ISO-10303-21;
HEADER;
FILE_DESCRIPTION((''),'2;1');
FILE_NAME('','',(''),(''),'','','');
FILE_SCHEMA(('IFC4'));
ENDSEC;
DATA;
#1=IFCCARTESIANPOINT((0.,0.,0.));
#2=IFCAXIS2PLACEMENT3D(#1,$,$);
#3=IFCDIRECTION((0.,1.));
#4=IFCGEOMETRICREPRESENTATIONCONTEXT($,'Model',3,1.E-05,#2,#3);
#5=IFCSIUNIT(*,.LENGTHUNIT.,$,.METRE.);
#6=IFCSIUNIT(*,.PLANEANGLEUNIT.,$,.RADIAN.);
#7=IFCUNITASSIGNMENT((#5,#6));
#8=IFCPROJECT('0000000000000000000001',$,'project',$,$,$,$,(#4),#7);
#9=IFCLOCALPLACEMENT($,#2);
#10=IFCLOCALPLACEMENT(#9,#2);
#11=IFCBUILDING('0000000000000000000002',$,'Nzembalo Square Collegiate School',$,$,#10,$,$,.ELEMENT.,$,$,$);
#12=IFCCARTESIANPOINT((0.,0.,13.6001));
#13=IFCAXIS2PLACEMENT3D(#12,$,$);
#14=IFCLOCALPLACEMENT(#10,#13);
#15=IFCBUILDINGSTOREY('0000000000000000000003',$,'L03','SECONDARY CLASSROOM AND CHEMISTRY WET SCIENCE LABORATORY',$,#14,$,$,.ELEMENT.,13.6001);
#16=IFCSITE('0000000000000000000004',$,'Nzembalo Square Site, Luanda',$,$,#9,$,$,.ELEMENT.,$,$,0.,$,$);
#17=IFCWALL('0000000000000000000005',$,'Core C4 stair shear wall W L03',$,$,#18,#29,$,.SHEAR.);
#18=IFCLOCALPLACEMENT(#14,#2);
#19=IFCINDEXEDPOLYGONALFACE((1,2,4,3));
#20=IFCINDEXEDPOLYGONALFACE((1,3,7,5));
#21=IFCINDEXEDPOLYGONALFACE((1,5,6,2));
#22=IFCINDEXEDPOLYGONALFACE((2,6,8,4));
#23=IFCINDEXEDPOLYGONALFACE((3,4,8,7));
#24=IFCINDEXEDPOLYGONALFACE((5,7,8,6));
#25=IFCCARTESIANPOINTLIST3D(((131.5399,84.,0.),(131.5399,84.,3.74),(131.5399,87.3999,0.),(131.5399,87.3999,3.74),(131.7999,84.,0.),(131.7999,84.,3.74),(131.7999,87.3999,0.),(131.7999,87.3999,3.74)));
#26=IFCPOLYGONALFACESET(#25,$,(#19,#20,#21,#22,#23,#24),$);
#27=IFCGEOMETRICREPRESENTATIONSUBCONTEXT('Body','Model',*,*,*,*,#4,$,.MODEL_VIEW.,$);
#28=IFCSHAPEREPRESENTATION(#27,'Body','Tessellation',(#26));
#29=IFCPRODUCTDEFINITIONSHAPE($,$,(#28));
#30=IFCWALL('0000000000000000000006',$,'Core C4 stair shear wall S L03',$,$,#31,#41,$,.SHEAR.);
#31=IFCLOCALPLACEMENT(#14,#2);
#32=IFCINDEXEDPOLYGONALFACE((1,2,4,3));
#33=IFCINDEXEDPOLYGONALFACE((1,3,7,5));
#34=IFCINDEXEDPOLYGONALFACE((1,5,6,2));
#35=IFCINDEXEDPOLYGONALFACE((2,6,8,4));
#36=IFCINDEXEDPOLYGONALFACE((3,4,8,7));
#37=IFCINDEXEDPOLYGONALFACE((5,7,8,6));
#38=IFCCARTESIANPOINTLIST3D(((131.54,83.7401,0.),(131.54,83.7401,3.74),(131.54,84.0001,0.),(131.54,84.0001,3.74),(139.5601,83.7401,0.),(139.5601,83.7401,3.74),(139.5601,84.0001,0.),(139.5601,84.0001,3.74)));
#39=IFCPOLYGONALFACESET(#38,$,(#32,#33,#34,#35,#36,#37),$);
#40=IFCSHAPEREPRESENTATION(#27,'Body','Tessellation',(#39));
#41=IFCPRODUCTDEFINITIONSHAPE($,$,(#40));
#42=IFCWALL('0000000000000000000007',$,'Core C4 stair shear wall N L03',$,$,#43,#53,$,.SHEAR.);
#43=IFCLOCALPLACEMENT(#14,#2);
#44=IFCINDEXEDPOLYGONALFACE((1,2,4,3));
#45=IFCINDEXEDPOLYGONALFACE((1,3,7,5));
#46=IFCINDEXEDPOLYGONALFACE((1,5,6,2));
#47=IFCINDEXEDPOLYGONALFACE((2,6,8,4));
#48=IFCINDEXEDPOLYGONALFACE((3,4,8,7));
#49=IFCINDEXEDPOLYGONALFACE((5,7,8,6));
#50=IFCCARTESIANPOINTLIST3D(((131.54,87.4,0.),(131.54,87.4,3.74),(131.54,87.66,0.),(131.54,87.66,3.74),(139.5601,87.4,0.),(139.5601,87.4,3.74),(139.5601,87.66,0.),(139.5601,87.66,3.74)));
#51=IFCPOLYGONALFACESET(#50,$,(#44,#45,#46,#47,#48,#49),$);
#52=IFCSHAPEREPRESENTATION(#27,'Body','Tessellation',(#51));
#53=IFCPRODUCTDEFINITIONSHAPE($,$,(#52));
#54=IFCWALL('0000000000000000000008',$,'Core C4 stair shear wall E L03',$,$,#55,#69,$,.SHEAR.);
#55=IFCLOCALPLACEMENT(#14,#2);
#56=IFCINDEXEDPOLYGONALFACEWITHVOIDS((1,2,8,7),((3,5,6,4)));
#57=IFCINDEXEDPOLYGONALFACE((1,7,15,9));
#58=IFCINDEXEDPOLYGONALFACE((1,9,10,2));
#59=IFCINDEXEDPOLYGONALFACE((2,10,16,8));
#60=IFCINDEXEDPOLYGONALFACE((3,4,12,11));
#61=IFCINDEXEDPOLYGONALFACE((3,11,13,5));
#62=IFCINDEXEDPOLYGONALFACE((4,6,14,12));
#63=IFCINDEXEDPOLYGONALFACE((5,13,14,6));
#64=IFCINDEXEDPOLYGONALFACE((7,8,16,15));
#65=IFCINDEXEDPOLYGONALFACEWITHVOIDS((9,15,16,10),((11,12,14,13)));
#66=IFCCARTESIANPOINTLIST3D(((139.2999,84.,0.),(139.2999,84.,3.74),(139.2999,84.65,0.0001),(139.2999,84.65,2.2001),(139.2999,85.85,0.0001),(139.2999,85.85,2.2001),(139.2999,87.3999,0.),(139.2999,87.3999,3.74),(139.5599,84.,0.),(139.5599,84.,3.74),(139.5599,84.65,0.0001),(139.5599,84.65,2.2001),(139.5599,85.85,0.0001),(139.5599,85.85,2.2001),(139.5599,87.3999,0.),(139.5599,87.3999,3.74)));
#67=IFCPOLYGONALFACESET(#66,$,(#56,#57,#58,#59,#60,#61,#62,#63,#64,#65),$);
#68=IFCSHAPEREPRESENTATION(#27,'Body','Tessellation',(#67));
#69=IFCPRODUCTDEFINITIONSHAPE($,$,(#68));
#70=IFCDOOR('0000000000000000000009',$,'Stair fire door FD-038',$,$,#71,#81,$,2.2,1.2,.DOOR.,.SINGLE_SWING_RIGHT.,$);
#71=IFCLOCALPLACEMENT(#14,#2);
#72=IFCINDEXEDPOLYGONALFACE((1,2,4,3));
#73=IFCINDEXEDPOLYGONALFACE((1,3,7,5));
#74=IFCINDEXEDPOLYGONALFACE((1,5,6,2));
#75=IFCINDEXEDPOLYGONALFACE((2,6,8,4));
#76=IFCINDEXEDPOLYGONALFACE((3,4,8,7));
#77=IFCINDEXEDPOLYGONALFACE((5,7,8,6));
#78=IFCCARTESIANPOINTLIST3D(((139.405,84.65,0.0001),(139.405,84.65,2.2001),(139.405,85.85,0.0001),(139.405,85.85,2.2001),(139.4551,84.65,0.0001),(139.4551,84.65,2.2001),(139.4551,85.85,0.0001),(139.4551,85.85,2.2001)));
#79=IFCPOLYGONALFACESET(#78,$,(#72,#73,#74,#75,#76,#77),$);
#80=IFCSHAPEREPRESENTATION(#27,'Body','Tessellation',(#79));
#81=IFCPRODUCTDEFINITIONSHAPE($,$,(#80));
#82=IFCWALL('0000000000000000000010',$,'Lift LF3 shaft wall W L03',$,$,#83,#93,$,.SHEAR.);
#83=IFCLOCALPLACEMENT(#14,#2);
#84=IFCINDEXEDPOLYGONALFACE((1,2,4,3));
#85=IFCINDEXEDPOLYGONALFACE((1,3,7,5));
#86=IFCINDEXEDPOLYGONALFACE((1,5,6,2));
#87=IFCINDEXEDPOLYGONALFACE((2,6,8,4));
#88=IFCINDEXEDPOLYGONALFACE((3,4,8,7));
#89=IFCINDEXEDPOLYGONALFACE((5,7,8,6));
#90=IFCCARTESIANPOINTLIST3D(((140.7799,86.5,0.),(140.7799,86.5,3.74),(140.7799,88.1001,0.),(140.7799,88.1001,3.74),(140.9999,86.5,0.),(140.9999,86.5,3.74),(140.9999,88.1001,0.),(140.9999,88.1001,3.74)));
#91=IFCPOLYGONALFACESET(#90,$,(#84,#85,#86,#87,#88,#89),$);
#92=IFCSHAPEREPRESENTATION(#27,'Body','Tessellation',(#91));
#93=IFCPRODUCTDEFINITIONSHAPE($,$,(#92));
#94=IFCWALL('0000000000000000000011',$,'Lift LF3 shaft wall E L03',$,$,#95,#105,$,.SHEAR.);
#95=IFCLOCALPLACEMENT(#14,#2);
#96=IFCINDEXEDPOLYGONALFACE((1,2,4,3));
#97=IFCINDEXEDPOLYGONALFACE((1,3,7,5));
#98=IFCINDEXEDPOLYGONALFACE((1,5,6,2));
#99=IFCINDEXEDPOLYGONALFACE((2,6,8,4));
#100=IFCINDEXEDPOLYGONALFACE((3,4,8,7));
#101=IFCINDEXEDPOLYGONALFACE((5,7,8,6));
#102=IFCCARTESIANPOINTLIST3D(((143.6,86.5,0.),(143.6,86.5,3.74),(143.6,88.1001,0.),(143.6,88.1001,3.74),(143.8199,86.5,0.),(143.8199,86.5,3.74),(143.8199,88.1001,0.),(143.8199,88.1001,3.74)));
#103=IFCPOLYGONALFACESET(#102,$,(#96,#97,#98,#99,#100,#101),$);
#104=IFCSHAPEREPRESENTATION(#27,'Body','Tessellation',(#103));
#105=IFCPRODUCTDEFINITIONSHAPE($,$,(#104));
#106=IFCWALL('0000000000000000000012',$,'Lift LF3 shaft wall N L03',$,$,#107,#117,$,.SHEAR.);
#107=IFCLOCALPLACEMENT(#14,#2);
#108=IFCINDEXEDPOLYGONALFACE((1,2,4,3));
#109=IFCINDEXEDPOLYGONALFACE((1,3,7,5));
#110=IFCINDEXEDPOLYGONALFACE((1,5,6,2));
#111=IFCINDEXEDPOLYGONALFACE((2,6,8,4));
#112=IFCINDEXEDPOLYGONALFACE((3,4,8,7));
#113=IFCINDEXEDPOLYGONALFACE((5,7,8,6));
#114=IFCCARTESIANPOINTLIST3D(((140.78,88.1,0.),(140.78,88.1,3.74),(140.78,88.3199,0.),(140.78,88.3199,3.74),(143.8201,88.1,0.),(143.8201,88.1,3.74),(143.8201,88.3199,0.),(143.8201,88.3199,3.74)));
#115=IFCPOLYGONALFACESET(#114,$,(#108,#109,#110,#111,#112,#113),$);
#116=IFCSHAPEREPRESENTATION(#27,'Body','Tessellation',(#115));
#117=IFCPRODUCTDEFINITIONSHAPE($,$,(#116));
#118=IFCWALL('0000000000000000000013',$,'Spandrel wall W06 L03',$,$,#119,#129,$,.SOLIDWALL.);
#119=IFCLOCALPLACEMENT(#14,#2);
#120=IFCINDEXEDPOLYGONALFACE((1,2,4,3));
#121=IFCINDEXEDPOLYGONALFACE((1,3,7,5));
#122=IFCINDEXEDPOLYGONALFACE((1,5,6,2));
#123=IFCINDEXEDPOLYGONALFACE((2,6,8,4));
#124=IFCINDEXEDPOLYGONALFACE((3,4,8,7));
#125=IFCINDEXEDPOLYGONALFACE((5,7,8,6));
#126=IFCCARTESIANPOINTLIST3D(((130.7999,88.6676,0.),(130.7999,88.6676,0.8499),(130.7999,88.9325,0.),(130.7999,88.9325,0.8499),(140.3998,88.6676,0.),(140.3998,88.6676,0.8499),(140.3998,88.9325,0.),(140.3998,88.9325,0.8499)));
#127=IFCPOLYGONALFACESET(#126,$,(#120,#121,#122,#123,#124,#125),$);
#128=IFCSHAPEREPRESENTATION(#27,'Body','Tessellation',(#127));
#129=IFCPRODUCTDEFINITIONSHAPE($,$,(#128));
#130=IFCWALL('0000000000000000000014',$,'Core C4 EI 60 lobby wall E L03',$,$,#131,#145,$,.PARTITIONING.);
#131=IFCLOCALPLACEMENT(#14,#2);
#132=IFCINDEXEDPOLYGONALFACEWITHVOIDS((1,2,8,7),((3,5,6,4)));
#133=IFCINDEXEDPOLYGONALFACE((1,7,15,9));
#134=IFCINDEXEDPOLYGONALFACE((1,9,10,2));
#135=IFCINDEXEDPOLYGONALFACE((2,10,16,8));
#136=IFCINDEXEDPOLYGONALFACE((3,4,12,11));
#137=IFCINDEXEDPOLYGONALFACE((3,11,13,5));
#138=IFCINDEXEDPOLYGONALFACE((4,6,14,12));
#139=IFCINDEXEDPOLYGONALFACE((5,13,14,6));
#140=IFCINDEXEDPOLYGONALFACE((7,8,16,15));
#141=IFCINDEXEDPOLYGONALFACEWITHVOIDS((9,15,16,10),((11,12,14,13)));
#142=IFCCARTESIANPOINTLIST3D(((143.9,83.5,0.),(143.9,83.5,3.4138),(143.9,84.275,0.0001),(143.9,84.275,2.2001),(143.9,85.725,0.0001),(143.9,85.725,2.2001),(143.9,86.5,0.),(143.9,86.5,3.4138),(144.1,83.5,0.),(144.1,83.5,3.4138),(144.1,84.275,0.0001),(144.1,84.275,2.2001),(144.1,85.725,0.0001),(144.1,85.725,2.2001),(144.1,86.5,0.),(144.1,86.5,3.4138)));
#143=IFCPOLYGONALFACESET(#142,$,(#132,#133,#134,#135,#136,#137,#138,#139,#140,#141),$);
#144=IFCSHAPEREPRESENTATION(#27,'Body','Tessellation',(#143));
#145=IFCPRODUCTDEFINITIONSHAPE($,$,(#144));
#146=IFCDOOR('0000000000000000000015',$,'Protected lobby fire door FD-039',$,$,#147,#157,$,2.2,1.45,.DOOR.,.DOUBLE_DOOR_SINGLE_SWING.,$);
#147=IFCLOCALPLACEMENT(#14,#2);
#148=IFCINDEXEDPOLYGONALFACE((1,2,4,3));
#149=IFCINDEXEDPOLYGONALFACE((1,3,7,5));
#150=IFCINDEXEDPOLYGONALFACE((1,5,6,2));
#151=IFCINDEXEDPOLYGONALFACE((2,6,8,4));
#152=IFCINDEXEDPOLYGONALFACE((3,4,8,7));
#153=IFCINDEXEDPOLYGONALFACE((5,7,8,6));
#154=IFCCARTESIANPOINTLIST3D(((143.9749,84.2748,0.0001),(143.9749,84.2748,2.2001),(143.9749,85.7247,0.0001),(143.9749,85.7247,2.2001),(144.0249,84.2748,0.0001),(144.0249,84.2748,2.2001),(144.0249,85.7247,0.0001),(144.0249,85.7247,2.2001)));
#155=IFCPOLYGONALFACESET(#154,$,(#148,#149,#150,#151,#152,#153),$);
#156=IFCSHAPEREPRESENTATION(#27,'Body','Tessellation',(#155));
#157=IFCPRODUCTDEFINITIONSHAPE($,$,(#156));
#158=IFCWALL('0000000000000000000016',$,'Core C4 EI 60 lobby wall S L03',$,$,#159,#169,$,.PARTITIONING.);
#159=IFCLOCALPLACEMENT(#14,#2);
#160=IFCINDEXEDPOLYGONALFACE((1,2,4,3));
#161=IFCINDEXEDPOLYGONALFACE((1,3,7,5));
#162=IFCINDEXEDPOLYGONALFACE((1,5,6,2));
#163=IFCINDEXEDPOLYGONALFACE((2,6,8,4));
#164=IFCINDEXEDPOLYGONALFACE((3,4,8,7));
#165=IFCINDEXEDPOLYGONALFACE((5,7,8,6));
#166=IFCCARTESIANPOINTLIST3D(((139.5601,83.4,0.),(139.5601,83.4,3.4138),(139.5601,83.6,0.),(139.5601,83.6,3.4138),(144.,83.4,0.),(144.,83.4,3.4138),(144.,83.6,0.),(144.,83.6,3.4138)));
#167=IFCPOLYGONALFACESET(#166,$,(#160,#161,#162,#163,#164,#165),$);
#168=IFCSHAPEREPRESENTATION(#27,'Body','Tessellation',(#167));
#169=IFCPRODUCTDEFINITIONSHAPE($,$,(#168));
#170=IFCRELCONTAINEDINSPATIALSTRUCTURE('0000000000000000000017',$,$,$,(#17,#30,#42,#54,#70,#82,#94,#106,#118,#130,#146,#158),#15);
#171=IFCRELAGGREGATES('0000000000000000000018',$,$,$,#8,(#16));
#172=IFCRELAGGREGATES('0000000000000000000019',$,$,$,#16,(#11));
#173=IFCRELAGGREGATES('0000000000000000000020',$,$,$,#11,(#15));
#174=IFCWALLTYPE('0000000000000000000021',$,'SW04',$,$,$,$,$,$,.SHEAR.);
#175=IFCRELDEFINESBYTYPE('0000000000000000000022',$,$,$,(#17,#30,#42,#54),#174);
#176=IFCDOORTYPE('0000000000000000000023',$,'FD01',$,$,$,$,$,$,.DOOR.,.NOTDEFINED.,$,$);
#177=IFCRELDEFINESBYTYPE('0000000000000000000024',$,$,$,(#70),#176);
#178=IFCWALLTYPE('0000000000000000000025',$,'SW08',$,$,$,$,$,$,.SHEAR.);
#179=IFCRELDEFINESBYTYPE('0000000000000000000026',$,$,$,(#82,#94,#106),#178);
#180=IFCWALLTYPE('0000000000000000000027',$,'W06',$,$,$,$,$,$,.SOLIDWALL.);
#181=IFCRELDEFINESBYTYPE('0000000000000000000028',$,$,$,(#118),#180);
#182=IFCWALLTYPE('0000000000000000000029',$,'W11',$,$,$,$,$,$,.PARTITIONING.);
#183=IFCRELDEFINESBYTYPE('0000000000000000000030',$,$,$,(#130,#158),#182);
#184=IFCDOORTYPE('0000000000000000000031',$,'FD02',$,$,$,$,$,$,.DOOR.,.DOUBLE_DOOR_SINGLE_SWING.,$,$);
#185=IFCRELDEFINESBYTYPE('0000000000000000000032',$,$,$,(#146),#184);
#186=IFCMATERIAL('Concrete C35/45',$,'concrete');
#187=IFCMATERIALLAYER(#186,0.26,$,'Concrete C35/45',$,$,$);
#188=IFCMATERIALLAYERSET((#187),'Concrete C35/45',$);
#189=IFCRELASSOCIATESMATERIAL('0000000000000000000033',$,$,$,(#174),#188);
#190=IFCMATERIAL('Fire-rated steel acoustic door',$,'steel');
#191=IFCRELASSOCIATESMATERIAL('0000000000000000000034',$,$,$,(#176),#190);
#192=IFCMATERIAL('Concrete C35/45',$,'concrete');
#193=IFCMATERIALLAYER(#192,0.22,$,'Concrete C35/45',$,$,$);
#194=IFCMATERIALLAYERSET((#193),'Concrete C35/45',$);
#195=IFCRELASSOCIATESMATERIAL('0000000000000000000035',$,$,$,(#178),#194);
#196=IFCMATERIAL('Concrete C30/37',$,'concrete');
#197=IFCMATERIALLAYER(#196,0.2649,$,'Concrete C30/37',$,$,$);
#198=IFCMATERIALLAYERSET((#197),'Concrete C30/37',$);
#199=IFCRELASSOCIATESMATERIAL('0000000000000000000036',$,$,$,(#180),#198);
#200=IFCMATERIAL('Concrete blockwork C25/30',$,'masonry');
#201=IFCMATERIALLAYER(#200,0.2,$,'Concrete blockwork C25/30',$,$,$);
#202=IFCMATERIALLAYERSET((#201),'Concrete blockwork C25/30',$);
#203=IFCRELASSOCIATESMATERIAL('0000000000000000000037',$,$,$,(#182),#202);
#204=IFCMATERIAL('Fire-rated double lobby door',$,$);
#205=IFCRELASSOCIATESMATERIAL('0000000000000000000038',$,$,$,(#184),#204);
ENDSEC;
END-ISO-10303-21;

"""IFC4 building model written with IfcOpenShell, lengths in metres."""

from ifc_helpers import new_model, si_unit, direction, frame, frame_2d, origin, place, context, subcontext, project, spatial, rectangle, extrude, material, layer, layer_set, type_object, element, fill, save


model = new_model("IFC4")

# Units and contexts
model_context = context("Model", 3, precision=1e-05, world=origin(), true_north=direction((0.0, 1.0)))
body_context = subcontext(model_context, "Body", "Model", "MODEL_VIEW")
ifc_project = project(units=[si_unit("LENGTHUNIT", "METRE"), si_unit("PLANEANGLEUNIT", "RADIAN")], contexts=[model_context])

# Site, building, storey
site_placement = place(None, origin())
site = spatial("IfcSite", under=ifc_project, at=site_placement, Name="Nzembalo Square Site, Luanda", CompositionType="ELEMENT", RefElevation=0.0)
building_placement = place(site_placement, origin())
building = spatial("IfcBuilding", under=site, at=building_placement, Name="Nzembalo Square Collegiate School", CompositionType="ELEMENT")
storey_placement = place(building_placement, frame((0.0, 0.0, 13.6001)))
storey = spatial("IfcBuildingStorey", under=building, at=storey_placement, Name="L03", Description="SECONDARY CLASSROOM AND CHEMISTRY WET SCIENCE LABORATORY", CompositionType="ELEMENT", Elevation=13.6001)

# Walls
ifc_material_1 = material(Name="Concrete C35/45", Category="concrete")
ifc_layer_1 = layer(ifc_material_1, 0.26, Name="Concrete C35/45")
ifc_layer_set_1 = layer_set([ifc_layer_1], Name="Concrete C35/45")
wall_type_1 = type_object("IfcWallType", Name="SW04", PredefinedType="SHEAR", material=ifc_layer_set_1)
wall_1_placement = place(storey_placement, frame((131.6699, 84.0, 0.0), z_axis=(0.0, 0.0, 1.0), x_axis=(0.0, 1.0, 0.0)))
element("IfcWall", 1, at=wall_1_placement, inside=storey, type_object=wall_type_1, Name="Core C4 stair shear wall W L03", PredefinedType="SHEAR", context=body_context, shape_type="SweptSolid", body=[
    extrude(rectangle(XDim=3.3999, YDim=0.26, at=frame_2d((1.7, 0.0))), origin(), (0.0, 0.0, 1.0), 3.74),
])
for number, where, z_axis, x_axis, name in (
    (2, (131.54, 83.8701, 0.0), (0.0, 0.0, 1.0), (1.0, 0.0, 0.0), "Core C4 stair shear wall S L03"),
    (3, (131.54, 87.53, 0.0), (0.0, 0.0, 1.0), (1.0, 0.0, 0.0), "Core C4 stair shear wall N L03"),
):
    element("IfcWall", number, at=place(storey_placement, frame(where, z_axis=z_axis, x_axis=x_axis)), inside=storey, type_object=wall_type_1, Name=name, PredefinedType="SHEAR", context=body_context, shape_type="SweptSolid", body=[
        extrude(rectangle(XDim=8.02, YDim=0.26, at=frame_2d((4.01, 0.0))), origin(), (0.0, 0.0, 1.0), 3.74),
    ])

# Wall, opening, door
wall_2_placement = place(storey_placement, frame((139.4299, 84.0, 0.0), z_axis=(0.0, 0.0, 1.0), x_axis=(0.0, 1.0, 0.0)))
wall_2 = element("IfcWall", 4, at=wall_2_placement, inside=storey, type_object=wall_type_1, Name="Core C4 stair shear wall E L03", PredefinedType="SHEAR", context=body_context, shape_type="SweptSolid", body=[
    extrude(rectangle(XDim=3.3999, YDim=0.26, at=frame_2d((1.7, 0.0))), origin(), (0.0, 0.0, 1.0), 3.74),
])
opening_1_placement = place(wall_2_placement, frame((0.6499, 0.0, 0.0)))
opening_1 = element("IfcOpeningElement", 5, at=opening_1_placement, cuts=wall_2, PredefinedType="OPENING", context=body_context, shape_type="SweptSolid", body=[
    extrude(rectangle(XDim=1.2, YDim=2.2, at=frame_2d((0.6001, 1.1001))), frame((0.0, 0.1401, 0.0), z_axis=(0.0, -1.0, 0.0), x_axis=(1.0, 0.0, 0.0)), (0.0, 0.0, 1.0), 0.28),
])
ifc_material_2 = material(Name="Fire-rated steel acoustic door", Category="steel")
door_type_1 = type_object("IfcDoorType", Name="FD01", OperationType="NOTDEFINED", PredefinedType="DOOR", material=ifc_material_2)
door_1_placement = place(opening_1_placement, origin())
door_1 = element("IfcDoor", 6, at=door_1_placement, inside=storey, type_object=door_type_1, Name="Stair fire door FD-038", OperationType="SINGLE_SWING_RIGHT", OverallHeight=2.2, OverallWidth=1.2, PredefinedType="DOOR", context=body_context, shape_type="SweptSolid", body=[
    extrude(rectangle(XDim=1.2, YDim=2.2, at=frame_2d((0.6001, 1.1001))), frame((0.0, 0.0249, 0.0), z_axis=(0.0, -1.0, 0.0), x_axis=(1.0, 0.0, 0.0)), (0.0, 0.0, 1.0), 0.05),
])
fill(opening_1, door_1)

# Walls
ifc_material_3 = material(Name="Concrete C35/45", Category="concrete")
ifc_layer_2 = layer(ifc_material_3, 0.22, Name="Concrete C35/45")
ifc_layer_set_2 = layer_set([ifc_layer_2], Name="Concrete C35/45")
wall_type_2 = type_object("IfcWallType", Name="SW08", PredefinedType="SHEAR", material=ifc_layer_set_2)
for number, where, z_axis, x_axis, name in (
    (7, (140.8899, 86.5, 0.0), (0.0, 0.0, 1.0), (0.0, 1.0, 0.0), "Lift LF3 shaft wall W L03"),
    (8, (143.71, 86.5, 0.0), (0.0, 0.0, 1.0), (0.0, 1.0, 0.0), "Lift LF3 shaft wall E L03"),
):
    element("IfcWall", number, at=place(storey_placement, frame(where, z_axis=z_axis, x_axis=x_axis)), inside=storey, type_object=wall_type_2, Name=name, PredefinedType="SHEAR", context=body_context, shape_type="SweptSolid", body=[
        extrude(rectangle(XDim=1.6001, YDim=0.22, at=frame_2d((0.8, 0.0))), origin(), (0.0, 0.0, 1.0), 3.74),
    ])
wall_3_placement = place(storey_placement, frame((140.78, 88.21, 0.0), z_axis=(0.0, 0.0, 1.0), x_axis=(1.0, 0.0, 0.0)))
element("IfcWall", 9, at=wall_3_placement, inside=storey, type_object=wall_type_2, Name="Lift LF3 shaft wall N L03", PredefinedType="SHEAR", context=body_context, shape_type="SweptSolid", body=[
    extrude(rectangle(XDim=3.04, YDim=0.22, at=frame_2d((1.52, 0.0))), origin(), (0.0, 0.0, 1.0), 3.74),
])

# Wall
ifc_material_4 = material(Name="Concrete C30/37", Category="concrete")
ifc_layer_3 = layer(ifc_material_4, 0.2649, Name="Concrete C30/37")
ifc_layer_set_3 = layer_set([ifc_layer_3], Name="Concrete C30/37")
wall_type_3 = type_object("IfcWallType", Name="W06", PredefinedType="SOLIDWALL", material=ifc_layer_set_3)
wall_4_placement = place(storey_placement, frame((130.8, 88.8, 0.0), z_axis=(0.0, 0.0, 1.0), x_axis=(1.0, 0.0, 0.0)))
element("IfcWall", 10, at=wall_4_placement, inside=storey, type_object=wall_type_3, Name="Spandrel wall W06 L03", PredefinedType="SOLIDWALL", context=body_context, shape_type="SweptSolid", body=[
    extrude(rectangle(XDim=9.5999, YDim=0.2649, at=frame_2d((4.7998, 0.0))), origin(), (0.0, 0.0, 1.0), 0.8499),
])

# Wall, opening, door
ifc_material_5 = material(Name="Concrete blockwork C25/30", Category="masonry")
ifc_layer_4 = layer(ifc_material_5, 0.2, Name="Concrete blockwork C25/30")
ifc_layer_set_4 = layer_set([ifc_layer_4], Name="Concrete blockwork C25/30")
wall_type_4 = type_object("IfcWallType", Name="W11", PredefinedType="PARTITIONING", material=ifc_layer_set_4)
wall_5_placement = place(storey_placement, frame((144.0, 83.5, 0.0), z_axis=(0.0, 0.0, 1.0), x_axis=(0.0, 1.0, 0.0)))
wall_5 = element("IfcWall", 11, at=wall_5_placement, inside=storey, type_object=wall_type_4, Name="Core C4 EI 60 lobby wall E L03", PredefinedType="PARTITIONING", context=body_context, shape_type="SweptSolid", body=[
    extrude(rectangle(XDim=3.0, YDim=0.2, at=frame_2d((1.5, 0.0))), origin(), (0.0, 0.0, 1.0), 3.4138),
])
opening_2_placement = place(wall_5_placement, frame((0.7749, 0.0, 0.0)))
opening_2 = element("IfcOpeningElement", 12, at=opening_2_placement, cuts=wall_5, PredefinedType="OPENING", context=body_context, shape_type="SweptSolid", body=[
    extrude(rectangle(XDim=1.45, YDim=2.2, at=frame_2d((0.7251, 1.1001))), frame((0.0, 0.1099, 0.0), z_axis=(0.0, -1.0, 0.0), x_axis=(1.0, 0.0, 0.0)), (0.0, 0.0, 1.0), 0.22),
])
ifc_material_6 = material(Name="Fire-rated double lobby door")
door_type_2 = type_object("IfcDoorType", Name="FD02", OperationType="DOUBLE_DOOR_SINGLE_SWING", PredefinedType="DOOR", material=ifc_material_6)
door_2_placement = place(opening_2_placement, frame((1.45, 0.0, 0.0), z_axis=(0.0, 0.0, 1.0), x_axis=(-1.0, 0.0, 0.0)))
door_2 = element("IfcDoor", 13, at=door_2_placement, inside=storey, type_object=door_type_2, Name="Protected lobby fire door FD-039", OperationType="DOUBLE_DOOR_SINGLE_SWING", OverallHeight=2.2, OverallWidth=1.45, PredefinedType="DOOR", context=body_context, shape_type="SweptSolid", body=[
    extrude(rectangle(XDim=1.45, YDim=2.2, at=frame_2d((0.7251, 1.1001))), frame((0.0, 0.0249, 0.0), z_axis=(0.0, -1.0, 0.0), x_axis=(1.0, 0.0, 0.0)), (0.0, 0.0, 1.0), 0.05),
])
fill(opening_2, door_2)

# Wall
wall_6_placement = place(storey_placement, frame((139.5601, 83.5, 0.0), z_axis=(0.0, 0.0, 1.0), x_axis=(1.0, 0.0, 0.0)))
element("IfcWall", 14, at=wall_6_placement, inside=storey, type_object=wall_type_4, Name="Core C4 EI 60 lobby wall S L03", PredefinedType="PARTITIONING", context=body_context, shape_type="SweptSolid", body=[
    extrude(rectangle(XDim=4.4399, YDim=0.2, at=frame_2d((2.22, 0.0))), origin(), (0.0, 0.0, 1.0), 3.4138),
])

save(model, "model.ifc")
